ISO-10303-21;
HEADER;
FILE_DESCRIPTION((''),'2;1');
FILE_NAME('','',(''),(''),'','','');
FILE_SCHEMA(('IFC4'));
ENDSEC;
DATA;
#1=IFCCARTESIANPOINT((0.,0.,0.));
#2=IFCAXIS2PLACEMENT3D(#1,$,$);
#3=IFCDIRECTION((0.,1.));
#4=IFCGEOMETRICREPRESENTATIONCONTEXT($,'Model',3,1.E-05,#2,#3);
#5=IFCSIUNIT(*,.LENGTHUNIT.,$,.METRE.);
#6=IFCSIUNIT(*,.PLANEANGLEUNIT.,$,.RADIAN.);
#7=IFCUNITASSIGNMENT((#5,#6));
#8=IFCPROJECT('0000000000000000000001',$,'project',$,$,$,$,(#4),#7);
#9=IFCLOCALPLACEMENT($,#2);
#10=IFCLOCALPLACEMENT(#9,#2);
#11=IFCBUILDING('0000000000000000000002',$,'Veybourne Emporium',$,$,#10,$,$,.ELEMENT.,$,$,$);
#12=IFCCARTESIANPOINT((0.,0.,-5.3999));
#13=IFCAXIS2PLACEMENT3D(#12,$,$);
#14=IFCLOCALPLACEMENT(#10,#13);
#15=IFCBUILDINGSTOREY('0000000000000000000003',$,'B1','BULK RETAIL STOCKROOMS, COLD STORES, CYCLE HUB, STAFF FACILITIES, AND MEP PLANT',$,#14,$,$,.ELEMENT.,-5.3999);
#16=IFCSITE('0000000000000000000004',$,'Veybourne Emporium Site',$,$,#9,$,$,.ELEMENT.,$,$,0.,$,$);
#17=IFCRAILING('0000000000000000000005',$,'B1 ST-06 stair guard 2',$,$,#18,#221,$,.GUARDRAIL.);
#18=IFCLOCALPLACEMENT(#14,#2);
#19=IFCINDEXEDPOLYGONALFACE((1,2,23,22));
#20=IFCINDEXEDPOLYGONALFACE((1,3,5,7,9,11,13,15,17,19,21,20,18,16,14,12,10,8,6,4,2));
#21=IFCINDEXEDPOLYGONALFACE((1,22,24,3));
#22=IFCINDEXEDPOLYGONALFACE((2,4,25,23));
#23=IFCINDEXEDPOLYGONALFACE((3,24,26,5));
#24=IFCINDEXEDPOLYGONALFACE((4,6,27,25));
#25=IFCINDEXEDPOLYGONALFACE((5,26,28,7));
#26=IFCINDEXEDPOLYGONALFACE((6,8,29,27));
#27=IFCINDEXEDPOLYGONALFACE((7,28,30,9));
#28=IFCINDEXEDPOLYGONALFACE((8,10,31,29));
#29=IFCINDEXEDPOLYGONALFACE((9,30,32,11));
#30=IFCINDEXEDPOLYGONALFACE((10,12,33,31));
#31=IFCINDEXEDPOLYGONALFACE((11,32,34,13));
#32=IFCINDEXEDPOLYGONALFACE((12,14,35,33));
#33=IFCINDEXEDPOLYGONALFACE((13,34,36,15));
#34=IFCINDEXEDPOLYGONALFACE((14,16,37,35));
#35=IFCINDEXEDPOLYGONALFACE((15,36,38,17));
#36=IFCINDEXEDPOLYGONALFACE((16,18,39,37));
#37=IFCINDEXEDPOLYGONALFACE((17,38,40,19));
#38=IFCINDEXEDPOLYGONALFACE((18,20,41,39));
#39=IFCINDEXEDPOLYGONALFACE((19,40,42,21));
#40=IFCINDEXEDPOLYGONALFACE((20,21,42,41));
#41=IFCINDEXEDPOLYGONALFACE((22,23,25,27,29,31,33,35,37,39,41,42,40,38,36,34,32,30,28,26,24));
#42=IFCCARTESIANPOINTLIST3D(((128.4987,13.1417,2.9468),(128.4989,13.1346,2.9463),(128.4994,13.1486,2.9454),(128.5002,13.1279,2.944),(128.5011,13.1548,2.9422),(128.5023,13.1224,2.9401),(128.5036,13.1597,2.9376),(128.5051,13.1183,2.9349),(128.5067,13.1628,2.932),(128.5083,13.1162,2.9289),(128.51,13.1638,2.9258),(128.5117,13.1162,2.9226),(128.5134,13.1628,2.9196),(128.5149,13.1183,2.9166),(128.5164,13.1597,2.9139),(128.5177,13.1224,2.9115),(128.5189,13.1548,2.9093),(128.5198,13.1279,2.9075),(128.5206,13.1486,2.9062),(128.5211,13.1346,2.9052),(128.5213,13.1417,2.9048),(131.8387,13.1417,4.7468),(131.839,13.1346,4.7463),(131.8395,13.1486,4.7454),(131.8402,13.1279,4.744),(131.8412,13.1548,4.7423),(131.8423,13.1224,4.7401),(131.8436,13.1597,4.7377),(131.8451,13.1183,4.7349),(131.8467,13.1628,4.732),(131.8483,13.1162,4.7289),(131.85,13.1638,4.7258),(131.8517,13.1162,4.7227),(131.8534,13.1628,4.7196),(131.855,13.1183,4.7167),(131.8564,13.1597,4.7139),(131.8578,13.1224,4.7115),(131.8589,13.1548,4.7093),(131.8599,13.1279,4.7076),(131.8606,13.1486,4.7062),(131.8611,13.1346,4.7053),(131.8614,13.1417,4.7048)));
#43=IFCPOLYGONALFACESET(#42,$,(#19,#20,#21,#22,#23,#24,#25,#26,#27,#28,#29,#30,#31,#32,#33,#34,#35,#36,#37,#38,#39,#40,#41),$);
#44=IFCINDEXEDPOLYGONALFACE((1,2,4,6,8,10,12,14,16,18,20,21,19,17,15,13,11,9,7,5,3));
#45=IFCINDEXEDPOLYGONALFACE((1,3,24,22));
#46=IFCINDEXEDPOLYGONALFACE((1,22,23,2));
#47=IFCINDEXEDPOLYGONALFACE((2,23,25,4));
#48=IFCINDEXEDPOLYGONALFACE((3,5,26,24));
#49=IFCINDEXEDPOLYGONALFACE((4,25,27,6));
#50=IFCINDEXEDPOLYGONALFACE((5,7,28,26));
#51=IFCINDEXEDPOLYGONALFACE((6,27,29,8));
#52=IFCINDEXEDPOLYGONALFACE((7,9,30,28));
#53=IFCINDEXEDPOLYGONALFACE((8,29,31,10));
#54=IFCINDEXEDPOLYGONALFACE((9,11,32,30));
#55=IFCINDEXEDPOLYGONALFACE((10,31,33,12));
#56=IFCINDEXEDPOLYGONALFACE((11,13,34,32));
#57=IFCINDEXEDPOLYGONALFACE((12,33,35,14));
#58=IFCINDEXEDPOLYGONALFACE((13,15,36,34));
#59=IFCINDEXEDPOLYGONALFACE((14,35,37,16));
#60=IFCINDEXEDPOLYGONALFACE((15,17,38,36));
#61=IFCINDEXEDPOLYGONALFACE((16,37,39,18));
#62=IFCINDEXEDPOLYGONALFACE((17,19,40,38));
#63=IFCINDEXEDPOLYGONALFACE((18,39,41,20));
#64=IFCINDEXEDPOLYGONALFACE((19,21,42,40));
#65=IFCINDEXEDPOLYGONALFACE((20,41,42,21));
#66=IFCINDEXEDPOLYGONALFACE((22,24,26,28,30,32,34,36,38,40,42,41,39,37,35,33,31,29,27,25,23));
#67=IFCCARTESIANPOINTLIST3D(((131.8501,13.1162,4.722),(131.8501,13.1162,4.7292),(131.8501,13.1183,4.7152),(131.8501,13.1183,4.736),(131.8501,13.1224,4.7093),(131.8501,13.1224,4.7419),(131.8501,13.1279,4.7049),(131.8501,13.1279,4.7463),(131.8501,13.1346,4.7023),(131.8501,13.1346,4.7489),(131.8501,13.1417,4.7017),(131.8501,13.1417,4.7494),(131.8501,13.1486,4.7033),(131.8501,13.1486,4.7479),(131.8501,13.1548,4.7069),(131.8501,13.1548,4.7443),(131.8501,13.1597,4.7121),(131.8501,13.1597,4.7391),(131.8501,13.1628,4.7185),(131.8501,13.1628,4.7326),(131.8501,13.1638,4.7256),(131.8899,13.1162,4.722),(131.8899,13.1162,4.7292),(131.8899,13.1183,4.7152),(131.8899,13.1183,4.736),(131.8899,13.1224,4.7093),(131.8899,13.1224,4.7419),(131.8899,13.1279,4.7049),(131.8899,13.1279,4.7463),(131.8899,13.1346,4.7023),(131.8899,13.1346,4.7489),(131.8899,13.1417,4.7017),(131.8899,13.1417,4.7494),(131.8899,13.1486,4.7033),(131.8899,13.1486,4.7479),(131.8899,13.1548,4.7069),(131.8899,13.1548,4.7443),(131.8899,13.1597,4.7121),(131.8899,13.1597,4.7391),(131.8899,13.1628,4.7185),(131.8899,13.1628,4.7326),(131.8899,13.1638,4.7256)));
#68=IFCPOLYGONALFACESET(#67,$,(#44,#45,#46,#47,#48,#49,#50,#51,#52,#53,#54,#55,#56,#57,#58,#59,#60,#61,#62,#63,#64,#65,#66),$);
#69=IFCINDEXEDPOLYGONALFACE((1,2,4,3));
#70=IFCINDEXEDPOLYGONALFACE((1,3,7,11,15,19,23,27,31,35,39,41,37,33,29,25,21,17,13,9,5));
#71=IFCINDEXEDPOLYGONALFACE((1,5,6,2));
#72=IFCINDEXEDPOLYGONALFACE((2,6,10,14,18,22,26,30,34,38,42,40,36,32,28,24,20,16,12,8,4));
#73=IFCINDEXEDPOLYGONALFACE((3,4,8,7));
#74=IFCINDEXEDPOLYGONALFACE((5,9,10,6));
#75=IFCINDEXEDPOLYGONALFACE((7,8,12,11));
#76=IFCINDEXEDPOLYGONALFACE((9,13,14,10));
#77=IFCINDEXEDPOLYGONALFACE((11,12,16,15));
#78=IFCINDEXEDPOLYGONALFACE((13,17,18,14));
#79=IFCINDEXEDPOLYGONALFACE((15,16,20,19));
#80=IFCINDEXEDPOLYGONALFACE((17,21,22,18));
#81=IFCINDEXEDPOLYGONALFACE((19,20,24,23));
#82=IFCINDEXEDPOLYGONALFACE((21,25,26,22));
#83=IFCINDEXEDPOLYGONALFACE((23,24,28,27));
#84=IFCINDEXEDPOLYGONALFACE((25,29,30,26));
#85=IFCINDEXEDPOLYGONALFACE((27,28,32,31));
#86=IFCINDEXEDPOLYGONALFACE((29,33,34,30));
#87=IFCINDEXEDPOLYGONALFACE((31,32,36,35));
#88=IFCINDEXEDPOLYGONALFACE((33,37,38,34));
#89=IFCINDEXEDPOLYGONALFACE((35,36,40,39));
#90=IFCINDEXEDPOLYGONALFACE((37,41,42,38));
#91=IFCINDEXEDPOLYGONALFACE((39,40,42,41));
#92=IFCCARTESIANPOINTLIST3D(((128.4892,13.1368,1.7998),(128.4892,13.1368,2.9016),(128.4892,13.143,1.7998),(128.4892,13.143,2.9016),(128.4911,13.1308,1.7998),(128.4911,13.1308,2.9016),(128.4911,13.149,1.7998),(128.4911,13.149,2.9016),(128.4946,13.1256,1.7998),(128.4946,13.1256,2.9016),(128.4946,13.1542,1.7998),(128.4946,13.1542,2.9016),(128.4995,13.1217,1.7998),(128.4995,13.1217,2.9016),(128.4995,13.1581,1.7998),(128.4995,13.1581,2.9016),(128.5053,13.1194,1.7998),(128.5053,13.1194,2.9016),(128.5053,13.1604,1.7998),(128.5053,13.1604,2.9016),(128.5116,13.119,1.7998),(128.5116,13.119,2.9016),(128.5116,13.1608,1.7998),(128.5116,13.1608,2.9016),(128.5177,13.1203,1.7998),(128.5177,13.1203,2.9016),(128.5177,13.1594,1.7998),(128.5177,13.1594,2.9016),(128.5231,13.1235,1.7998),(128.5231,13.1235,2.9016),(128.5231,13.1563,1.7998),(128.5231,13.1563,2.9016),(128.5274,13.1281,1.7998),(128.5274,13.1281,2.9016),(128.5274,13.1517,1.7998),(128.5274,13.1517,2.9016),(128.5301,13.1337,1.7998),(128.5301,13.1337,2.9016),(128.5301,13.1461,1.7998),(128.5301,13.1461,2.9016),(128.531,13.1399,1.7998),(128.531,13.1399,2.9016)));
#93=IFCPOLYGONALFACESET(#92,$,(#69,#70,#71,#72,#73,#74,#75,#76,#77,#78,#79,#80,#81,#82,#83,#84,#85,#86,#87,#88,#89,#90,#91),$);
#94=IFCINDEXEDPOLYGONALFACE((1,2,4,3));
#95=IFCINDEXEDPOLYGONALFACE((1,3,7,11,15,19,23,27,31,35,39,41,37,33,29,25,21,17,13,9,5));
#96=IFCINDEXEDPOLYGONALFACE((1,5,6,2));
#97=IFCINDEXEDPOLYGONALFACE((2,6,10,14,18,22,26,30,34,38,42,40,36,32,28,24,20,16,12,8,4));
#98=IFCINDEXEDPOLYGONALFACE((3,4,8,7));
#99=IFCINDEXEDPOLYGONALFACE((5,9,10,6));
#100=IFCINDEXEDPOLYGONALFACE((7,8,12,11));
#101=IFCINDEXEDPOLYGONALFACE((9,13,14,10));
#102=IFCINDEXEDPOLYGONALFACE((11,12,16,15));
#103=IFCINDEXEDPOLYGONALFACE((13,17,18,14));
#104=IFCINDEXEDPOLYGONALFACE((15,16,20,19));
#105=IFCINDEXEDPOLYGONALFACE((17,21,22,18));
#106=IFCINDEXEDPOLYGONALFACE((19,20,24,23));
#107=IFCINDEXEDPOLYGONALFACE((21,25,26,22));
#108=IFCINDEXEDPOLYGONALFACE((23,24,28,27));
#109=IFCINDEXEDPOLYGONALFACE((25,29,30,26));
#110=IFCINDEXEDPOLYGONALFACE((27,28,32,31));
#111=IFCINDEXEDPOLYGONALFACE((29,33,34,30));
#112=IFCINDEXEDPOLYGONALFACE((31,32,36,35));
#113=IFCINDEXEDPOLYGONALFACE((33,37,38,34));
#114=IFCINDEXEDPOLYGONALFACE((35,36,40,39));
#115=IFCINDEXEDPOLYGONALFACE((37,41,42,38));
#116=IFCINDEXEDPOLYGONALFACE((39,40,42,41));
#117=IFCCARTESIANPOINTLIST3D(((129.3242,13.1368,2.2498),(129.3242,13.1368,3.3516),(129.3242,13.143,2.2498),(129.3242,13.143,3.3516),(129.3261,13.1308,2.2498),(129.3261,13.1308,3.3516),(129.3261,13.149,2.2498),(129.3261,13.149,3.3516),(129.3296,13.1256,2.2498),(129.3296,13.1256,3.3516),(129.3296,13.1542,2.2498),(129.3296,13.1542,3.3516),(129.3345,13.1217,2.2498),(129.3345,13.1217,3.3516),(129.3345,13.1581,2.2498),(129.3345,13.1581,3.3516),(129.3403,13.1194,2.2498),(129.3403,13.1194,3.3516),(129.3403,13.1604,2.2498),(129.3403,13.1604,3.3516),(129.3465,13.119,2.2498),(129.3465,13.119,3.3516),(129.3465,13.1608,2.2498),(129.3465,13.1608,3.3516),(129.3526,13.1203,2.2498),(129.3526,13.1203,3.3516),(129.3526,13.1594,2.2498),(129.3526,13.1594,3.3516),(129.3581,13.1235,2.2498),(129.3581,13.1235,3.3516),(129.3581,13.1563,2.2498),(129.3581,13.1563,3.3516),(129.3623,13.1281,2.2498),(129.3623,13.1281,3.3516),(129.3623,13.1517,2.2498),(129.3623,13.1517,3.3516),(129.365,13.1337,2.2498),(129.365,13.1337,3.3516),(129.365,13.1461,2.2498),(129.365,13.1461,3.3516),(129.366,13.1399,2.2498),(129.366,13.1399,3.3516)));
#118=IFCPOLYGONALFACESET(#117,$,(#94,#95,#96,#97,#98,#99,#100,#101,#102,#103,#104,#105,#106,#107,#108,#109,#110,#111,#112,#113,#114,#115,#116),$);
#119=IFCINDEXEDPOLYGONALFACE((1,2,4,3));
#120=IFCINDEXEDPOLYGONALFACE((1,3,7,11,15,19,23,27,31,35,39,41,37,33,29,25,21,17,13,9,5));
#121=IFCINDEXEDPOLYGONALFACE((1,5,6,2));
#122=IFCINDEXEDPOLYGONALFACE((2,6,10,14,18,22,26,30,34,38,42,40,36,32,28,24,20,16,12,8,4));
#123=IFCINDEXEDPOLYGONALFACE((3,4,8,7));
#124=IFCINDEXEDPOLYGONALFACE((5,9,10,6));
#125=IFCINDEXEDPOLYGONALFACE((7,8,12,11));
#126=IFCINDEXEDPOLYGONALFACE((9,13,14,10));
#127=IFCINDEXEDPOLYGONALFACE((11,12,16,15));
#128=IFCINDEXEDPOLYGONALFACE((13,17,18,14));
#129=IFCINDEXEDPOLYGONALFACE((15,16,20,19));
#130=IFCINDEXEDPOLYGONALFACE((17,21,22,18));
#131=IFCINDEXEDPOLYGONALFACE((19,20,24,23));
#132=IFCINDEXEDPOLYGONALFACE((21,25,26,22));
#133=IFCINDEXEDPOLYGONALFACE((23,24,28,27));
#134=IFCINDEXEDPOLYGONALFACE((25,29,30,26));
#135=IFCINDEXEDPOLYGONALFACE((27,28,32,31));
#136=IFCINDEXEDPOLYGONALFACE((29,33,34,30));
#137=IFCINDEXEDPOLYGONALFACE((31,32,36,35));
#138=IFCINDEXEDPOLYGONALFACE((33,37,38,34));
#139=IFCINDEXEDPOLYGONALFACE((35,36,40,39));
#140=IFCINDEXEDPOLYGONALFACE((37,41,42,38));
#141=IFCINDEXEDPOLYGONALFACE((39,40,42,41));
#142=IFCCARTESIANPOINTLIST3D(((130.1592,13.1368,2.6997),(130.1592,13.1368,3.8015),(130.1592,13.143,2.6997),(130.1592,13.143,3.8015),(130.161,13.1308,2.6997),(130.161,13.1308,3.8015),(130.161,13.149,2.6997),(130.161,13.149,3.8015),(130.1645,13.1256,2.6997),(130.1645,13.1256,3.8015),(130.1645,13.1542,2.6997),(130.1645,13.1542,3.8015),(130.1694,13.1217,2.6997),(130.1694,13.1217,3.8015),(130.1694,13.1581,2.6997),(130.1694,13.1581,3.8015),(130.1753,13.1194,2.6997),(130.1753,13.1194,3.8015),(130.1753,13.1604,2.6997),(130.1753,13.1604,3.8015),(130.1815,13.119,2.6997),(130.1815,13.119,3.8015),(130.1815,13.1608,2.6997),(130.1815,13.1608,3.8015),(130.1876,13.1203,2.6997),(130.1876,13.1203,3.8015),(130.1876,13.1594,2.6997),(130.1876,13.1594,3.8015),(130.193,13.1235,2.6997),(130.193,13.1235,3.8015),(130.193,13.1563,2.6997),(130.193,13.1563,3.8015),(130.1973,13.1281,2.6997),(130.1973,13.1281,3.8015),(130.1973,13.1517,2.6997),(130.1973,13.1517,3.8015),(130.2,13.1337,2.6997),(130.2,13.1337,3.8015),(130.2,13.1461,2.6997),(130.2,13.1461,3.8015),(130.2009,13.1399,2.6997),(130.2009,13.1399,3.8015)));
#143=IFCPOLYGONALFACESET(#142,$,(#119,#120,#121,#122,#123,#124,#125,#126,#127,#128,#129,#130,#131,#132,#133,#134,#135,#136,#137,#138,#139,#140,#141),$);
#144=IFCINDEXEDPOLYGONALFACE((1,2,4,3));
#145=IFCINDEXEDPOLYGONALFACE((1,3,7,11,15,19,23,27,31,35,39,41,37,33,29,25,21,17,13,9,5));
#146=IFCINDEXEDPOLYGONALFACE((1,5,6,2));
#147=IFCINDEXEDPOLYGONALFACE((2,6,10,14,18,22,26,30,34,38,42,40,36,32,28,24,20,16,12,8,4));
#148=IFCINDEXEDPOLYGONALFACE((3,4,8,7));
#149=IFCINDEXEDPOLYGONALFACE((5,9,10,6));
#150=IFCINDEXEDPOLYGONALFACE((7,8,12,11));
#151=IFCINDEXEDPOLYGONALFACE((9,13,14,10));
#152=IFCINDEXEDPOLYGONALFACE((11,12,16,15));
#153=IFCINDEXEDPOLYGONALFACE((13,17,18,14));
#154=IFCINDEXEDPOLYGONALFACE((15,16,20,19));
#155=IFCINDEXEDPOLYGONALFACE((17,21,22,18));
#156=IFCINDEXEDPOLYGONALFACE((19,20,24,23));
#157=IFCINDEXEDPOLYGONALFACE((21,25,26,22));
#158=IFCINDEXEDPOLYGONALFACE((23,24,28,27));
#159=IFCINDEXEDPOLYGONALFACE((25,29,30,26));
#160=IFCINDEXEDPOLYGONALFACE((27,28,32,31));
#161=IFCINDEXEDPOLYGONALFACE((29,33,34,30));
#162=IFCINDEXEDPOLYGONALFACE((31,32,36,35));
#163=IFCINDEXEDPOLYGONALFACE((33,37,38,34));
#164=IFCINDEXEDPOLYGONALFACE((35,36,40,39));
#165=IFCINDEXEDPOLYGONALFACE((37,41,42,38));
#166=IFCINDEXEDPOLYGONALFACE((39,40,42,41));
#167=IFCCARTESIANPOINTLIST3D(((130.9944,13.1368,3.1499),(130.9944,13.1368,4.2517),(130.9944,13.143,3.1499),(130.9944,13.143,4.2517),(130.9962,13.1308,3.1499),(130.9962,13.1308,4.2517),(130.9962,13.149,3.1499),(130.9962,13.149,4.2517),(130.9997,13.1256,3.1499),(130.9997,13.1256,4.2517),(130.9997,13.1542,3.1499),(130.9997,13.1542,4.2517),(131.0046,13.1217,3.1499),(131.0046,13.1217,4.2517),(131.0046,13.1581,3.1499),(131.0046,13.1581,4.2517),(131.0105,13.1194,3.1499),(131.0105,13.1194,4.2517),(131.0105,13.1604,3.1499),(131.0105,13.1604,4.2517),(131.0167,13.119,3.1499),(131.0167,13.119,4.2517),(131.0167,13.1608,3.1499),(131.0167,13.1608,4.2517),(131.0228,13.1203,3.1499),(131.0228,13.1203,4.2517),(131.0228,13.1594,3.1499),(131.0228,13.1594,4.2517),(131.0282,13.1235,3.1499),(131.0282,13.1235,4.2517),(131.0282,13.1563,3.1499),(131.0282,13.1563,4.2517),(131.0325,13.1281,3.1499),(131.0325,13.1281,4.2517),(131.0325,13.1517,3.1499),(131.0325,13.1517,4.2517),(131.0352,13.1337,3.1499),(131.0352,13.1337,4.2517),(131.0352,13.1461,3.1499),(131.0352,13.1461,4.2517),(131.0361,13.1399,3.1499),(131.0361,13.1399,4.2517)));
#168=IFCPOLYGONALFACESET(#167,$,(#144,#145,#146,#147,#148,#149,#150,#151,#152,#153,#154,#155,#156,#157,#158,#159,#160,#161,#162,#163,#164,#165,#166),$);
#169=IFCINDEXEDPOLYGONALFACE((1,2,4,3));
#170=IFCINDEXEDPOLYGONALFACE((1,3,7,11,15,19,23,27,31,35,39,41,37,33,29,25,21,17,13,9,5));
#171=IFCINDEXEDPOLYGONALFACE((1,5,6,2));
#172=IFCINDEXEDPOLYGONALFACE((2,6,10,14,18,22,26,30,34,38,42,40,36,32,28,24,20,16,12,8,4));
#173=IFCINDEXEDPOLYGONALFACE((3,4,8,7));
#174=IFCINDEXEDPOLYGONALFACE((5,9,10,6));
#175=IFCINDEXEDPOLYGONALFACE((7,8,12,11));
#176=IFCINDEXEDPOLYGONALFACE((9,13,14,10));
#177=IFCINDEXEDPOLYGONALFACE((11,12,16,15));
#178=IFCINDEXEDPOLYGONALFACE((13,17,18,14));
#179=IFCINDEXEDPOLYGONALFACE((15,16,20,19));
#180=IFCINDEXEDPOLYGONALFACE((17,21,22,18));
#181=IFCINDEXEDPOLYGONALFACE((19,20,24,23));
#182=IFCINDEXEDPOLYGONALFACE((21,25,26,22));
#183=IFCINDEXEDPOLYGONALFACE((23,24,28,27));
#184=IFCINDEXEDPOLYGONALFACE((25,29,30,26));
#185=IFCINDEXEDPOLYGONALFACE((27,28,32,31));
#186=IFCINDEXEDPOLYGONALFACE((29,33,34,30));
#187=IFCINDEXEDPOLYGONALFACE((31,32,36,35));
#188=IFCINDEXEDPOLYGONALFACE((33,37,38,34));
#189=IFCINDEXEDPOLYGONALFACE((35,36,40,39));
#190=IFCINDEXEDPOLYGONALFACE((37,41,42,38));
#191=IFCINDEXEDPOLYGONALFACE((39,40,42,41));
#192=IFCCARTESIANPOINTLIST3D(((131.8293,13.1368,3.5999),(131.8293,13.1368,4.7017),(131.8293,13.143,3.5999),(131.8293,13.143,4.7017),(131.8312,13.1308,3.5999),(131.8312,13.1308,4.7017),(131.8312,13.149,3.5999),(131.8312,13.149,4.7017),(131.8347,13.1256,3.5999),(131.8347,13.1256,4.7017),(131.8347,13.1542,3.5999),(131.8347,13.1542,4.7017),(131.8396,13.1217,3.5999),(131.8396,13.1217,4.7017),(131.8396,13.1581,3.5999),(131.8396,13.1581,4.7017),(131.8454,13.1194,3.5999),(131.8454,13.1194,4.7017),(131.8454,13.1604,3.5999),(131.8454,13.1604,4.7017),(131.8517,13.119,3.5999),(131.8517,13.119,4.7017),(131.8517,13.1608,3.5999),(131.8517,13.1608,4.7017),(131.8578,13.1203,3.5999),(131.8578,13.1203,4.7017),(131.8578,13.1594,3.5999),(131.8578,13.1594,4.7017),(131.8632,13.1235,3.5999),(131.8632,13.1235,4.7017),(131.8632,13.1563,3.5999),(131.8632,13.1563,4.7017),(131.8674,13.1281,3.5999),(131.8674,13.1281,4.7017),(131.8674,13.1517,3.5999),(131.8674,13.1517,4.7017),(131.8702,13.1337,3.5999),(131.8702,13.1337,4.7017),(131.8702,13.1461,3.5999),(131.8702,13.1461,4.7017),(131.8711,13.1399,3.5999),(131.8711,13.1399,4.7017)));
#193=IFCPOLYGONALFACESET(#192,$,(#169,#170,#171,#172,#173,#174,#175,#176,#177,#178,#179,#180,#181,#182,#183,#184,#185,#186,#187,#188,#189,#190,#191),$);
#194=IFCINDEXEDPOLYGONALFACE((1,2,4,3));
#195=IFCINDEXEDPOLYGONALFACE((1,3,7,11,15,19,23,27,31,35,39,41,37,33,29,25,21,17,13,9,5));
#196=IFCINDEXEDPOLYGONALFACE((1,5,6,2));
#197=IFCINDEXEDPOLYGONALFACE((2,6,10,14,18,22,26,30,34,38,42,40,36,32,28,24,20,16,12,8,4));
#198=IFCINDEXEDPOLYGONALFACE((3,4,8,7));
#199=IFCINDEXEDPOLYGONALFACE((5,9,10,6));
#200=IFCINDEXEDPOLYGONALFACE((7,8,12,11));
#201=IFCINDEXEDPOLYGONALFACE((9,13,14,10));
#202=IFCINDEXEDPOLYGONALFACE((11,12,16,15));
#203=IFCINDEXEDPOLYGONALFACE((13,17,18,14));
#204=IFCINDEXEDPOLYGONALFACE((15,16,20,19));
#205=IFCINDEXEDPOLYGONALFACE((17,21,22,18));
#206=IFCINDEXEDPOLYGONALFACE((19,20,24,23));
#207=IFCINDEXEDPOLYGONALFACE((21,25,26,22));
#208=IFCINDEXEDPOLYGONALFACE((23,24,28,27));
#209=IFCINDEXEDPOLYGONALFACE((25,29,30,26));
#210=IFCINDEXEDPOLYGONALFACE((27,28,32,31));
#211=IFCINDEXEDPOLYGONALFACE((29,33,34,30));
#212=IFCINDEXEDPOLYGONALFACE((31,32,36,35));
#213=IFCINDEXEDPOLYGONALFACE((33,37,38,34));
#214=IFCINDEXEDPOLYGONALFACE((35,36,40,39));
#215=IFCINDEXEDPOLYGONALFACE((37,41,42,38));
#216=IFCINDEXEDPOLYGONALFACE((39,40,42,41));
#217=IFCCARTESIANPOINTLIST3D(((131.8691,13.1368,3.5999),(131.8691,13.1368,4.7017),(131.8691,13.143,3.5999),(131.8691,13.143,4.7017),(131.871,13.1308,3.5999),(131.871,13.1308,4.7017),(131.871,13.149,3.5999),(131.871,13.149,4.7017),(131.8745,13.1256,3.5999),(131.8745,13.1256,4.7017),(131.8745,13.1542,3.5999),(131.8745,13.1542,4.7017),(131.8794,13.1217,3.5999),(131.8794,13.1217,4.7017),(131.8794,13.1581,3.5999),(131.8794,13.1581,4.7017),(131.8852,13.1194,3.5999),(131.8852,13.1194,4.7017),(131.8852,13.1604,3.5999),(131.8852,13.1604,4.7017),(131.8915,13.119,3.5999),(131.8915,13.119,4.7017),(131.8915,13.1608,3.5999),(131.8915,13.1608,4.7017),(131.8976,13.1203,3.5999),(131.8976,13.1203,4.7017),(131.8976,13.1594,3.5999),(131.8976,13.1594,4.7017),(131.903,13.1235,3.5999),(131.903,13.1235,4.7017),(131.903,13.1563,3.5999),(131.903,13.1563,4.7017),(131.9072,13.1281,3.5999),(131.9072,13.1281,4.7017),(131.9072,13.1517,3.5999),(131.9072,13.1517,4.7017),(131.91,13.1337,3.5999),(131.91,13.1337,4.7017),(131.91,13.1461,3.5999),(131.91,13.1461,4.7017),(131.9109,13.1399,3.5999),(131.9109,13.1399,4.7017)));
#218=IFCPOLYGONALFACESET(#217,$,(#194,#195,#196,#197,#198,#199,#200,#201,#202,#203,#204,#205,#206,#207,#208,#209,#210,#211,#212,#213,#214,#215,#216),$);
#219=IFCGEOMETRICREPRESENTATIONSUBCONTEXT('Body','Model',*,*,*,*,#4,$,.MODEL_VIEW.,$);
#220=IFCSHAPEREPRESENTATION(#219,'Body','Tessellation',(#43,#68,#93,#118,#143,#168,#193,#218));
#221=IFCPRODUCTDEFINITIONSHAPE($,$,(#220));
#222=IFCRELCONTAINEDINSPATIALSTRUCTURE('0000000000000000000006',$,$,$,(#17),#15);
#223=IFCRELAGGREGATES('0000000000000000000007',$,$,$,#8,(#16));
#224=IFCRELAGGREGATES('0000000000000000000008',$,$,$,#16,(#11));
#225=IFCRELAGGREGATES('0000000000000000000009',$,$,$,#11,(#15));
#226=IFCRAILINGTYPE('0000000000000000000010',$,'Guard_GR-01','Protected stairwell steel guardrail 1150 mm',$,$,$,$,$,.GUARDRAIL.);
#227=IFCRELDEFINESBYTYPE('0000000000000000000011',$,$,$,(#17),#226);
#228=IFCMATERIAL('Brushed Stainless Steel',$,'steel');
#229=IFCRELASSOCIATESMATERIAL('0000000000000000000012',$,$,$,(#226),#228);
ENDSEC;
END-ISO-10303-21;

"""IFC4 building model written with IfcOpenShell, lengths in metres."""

from ifc_helpers import new_model, si_unit, direction, frame, origin, origin_2d, place, context, subcontext, project, spatial, circle, extrude, material, type_object, element, save


model = new_model("IFC4")

# Units and contexts
model_context = context("Model", 3, precision=1e-05, world=origin(), true_north=direction((0.0, 1.0)))
body_context = subcontext(model_context, "Body", "Model", "MODEL_VIEW")
ifc_project = project(units=[si_unit("LENGTHUNIT", "METRE"), si_unit("PLANEANGLEUNIT", "RADIAN")], contexts=[model_context])

# Site, building, storey
site_placement = place(None, origin())
site = spatial("IfcSite", under=ifc_project, at=site_placement, Name="Veybourne Emporium Site", CompositionType="ELEMENT", RefElevation=0.0)
building_placement = place(site_placement, origin())
building = spatial("IfcBuilding", under=site, at=building_placement, Name="Veybourne Emporium", CompositionType="ELEMENT")
storey_placement = place(building_placement, frame((0.0, 0.0, -5.3999)))
storey = spatial("IfcBuildingStorey", under=building, at=storey_placement, Name="B1", Description="BULK RETAIL STOCKROOMS, COLD STORES, CYCLE HUB, STAFF FACILITIES, AND MEP PLANT", CompositionType="ELEMENT", Elevation=-5.3999)

# Railing
ifc_material_1 = material(Name="Brushed Stainless Steel", Category="steel")
railing_type_1 = type_object("IfcRailingType", Name="Guard_GR-01", Description="Protected stairwell steel guardrail 1150 mm", PredefinedType="GUARDRAIL", material=ifc_material_1)
railing_1_placement = place(storey_placement, frame((128.51, 13.1399, 1.7998)))
element("IfcRailing", 1, at=railing_1_placement, inside=storey, type_object=railing_type_1, Name="B1 ST-06 stair guard 2", PredefinedType="GUARDRAIL", context=body_context, shape_type="SweptSolid", body=[
    extrude(circle(Radius=0.0239, at=origin_2d()), frame((0.0, 0.0, 1.126), z_axis=(0.880302, 0.0, 0.474414), x_axis=(0.0, 1.0, 0.0)), (0.0, 0.0, 1.0), 3.7942),
    extrude(circle(Radius=0.0239, at=origin_2d()), frame((3.3401, 0.0, 2.9258), z_axis=(1.0, 0.0, 0.0), x_axis=(0.0, 1.0, 0.0)), (0.0, 0.0, 1.0), 0.0398),
    extrude(circle(Radius=0.021, at=origin_2d()), origin(), (0.0, 0.0, 1.0), 1.1018),
    extrude(circle(Radius=0.021, at=origin_2d()), frame((0.835, 0.0, 0.45)), (0.0, 0.0, 1.0), 1.1018),
    extrude(circle(Radius=0.021, at=origin_2d()), frame((1.6699, 0.0, 0.8999)), (0.0, 0.0, 1.0), 1.1018),
    extrude(circle(Radius=0.021, at=origin_2d()), frame((2.5051, 0.0, 1.3501)), (0.0, 0.0, 1.0), 1.1018),
    extrude(circle(Radius=0.021, at=origin_2d()), frame((3.3401, 0.0, 1.8)), (0.0, 0.0, 1.0), 1.1018),
    extrude(circle(Radius=0.021, at=origin_2d()), frame((3.3799, 0.0, 1.8)), (0.0, 0.0, 1.0), 1.1018),
])

save(model, "model.ifc")
